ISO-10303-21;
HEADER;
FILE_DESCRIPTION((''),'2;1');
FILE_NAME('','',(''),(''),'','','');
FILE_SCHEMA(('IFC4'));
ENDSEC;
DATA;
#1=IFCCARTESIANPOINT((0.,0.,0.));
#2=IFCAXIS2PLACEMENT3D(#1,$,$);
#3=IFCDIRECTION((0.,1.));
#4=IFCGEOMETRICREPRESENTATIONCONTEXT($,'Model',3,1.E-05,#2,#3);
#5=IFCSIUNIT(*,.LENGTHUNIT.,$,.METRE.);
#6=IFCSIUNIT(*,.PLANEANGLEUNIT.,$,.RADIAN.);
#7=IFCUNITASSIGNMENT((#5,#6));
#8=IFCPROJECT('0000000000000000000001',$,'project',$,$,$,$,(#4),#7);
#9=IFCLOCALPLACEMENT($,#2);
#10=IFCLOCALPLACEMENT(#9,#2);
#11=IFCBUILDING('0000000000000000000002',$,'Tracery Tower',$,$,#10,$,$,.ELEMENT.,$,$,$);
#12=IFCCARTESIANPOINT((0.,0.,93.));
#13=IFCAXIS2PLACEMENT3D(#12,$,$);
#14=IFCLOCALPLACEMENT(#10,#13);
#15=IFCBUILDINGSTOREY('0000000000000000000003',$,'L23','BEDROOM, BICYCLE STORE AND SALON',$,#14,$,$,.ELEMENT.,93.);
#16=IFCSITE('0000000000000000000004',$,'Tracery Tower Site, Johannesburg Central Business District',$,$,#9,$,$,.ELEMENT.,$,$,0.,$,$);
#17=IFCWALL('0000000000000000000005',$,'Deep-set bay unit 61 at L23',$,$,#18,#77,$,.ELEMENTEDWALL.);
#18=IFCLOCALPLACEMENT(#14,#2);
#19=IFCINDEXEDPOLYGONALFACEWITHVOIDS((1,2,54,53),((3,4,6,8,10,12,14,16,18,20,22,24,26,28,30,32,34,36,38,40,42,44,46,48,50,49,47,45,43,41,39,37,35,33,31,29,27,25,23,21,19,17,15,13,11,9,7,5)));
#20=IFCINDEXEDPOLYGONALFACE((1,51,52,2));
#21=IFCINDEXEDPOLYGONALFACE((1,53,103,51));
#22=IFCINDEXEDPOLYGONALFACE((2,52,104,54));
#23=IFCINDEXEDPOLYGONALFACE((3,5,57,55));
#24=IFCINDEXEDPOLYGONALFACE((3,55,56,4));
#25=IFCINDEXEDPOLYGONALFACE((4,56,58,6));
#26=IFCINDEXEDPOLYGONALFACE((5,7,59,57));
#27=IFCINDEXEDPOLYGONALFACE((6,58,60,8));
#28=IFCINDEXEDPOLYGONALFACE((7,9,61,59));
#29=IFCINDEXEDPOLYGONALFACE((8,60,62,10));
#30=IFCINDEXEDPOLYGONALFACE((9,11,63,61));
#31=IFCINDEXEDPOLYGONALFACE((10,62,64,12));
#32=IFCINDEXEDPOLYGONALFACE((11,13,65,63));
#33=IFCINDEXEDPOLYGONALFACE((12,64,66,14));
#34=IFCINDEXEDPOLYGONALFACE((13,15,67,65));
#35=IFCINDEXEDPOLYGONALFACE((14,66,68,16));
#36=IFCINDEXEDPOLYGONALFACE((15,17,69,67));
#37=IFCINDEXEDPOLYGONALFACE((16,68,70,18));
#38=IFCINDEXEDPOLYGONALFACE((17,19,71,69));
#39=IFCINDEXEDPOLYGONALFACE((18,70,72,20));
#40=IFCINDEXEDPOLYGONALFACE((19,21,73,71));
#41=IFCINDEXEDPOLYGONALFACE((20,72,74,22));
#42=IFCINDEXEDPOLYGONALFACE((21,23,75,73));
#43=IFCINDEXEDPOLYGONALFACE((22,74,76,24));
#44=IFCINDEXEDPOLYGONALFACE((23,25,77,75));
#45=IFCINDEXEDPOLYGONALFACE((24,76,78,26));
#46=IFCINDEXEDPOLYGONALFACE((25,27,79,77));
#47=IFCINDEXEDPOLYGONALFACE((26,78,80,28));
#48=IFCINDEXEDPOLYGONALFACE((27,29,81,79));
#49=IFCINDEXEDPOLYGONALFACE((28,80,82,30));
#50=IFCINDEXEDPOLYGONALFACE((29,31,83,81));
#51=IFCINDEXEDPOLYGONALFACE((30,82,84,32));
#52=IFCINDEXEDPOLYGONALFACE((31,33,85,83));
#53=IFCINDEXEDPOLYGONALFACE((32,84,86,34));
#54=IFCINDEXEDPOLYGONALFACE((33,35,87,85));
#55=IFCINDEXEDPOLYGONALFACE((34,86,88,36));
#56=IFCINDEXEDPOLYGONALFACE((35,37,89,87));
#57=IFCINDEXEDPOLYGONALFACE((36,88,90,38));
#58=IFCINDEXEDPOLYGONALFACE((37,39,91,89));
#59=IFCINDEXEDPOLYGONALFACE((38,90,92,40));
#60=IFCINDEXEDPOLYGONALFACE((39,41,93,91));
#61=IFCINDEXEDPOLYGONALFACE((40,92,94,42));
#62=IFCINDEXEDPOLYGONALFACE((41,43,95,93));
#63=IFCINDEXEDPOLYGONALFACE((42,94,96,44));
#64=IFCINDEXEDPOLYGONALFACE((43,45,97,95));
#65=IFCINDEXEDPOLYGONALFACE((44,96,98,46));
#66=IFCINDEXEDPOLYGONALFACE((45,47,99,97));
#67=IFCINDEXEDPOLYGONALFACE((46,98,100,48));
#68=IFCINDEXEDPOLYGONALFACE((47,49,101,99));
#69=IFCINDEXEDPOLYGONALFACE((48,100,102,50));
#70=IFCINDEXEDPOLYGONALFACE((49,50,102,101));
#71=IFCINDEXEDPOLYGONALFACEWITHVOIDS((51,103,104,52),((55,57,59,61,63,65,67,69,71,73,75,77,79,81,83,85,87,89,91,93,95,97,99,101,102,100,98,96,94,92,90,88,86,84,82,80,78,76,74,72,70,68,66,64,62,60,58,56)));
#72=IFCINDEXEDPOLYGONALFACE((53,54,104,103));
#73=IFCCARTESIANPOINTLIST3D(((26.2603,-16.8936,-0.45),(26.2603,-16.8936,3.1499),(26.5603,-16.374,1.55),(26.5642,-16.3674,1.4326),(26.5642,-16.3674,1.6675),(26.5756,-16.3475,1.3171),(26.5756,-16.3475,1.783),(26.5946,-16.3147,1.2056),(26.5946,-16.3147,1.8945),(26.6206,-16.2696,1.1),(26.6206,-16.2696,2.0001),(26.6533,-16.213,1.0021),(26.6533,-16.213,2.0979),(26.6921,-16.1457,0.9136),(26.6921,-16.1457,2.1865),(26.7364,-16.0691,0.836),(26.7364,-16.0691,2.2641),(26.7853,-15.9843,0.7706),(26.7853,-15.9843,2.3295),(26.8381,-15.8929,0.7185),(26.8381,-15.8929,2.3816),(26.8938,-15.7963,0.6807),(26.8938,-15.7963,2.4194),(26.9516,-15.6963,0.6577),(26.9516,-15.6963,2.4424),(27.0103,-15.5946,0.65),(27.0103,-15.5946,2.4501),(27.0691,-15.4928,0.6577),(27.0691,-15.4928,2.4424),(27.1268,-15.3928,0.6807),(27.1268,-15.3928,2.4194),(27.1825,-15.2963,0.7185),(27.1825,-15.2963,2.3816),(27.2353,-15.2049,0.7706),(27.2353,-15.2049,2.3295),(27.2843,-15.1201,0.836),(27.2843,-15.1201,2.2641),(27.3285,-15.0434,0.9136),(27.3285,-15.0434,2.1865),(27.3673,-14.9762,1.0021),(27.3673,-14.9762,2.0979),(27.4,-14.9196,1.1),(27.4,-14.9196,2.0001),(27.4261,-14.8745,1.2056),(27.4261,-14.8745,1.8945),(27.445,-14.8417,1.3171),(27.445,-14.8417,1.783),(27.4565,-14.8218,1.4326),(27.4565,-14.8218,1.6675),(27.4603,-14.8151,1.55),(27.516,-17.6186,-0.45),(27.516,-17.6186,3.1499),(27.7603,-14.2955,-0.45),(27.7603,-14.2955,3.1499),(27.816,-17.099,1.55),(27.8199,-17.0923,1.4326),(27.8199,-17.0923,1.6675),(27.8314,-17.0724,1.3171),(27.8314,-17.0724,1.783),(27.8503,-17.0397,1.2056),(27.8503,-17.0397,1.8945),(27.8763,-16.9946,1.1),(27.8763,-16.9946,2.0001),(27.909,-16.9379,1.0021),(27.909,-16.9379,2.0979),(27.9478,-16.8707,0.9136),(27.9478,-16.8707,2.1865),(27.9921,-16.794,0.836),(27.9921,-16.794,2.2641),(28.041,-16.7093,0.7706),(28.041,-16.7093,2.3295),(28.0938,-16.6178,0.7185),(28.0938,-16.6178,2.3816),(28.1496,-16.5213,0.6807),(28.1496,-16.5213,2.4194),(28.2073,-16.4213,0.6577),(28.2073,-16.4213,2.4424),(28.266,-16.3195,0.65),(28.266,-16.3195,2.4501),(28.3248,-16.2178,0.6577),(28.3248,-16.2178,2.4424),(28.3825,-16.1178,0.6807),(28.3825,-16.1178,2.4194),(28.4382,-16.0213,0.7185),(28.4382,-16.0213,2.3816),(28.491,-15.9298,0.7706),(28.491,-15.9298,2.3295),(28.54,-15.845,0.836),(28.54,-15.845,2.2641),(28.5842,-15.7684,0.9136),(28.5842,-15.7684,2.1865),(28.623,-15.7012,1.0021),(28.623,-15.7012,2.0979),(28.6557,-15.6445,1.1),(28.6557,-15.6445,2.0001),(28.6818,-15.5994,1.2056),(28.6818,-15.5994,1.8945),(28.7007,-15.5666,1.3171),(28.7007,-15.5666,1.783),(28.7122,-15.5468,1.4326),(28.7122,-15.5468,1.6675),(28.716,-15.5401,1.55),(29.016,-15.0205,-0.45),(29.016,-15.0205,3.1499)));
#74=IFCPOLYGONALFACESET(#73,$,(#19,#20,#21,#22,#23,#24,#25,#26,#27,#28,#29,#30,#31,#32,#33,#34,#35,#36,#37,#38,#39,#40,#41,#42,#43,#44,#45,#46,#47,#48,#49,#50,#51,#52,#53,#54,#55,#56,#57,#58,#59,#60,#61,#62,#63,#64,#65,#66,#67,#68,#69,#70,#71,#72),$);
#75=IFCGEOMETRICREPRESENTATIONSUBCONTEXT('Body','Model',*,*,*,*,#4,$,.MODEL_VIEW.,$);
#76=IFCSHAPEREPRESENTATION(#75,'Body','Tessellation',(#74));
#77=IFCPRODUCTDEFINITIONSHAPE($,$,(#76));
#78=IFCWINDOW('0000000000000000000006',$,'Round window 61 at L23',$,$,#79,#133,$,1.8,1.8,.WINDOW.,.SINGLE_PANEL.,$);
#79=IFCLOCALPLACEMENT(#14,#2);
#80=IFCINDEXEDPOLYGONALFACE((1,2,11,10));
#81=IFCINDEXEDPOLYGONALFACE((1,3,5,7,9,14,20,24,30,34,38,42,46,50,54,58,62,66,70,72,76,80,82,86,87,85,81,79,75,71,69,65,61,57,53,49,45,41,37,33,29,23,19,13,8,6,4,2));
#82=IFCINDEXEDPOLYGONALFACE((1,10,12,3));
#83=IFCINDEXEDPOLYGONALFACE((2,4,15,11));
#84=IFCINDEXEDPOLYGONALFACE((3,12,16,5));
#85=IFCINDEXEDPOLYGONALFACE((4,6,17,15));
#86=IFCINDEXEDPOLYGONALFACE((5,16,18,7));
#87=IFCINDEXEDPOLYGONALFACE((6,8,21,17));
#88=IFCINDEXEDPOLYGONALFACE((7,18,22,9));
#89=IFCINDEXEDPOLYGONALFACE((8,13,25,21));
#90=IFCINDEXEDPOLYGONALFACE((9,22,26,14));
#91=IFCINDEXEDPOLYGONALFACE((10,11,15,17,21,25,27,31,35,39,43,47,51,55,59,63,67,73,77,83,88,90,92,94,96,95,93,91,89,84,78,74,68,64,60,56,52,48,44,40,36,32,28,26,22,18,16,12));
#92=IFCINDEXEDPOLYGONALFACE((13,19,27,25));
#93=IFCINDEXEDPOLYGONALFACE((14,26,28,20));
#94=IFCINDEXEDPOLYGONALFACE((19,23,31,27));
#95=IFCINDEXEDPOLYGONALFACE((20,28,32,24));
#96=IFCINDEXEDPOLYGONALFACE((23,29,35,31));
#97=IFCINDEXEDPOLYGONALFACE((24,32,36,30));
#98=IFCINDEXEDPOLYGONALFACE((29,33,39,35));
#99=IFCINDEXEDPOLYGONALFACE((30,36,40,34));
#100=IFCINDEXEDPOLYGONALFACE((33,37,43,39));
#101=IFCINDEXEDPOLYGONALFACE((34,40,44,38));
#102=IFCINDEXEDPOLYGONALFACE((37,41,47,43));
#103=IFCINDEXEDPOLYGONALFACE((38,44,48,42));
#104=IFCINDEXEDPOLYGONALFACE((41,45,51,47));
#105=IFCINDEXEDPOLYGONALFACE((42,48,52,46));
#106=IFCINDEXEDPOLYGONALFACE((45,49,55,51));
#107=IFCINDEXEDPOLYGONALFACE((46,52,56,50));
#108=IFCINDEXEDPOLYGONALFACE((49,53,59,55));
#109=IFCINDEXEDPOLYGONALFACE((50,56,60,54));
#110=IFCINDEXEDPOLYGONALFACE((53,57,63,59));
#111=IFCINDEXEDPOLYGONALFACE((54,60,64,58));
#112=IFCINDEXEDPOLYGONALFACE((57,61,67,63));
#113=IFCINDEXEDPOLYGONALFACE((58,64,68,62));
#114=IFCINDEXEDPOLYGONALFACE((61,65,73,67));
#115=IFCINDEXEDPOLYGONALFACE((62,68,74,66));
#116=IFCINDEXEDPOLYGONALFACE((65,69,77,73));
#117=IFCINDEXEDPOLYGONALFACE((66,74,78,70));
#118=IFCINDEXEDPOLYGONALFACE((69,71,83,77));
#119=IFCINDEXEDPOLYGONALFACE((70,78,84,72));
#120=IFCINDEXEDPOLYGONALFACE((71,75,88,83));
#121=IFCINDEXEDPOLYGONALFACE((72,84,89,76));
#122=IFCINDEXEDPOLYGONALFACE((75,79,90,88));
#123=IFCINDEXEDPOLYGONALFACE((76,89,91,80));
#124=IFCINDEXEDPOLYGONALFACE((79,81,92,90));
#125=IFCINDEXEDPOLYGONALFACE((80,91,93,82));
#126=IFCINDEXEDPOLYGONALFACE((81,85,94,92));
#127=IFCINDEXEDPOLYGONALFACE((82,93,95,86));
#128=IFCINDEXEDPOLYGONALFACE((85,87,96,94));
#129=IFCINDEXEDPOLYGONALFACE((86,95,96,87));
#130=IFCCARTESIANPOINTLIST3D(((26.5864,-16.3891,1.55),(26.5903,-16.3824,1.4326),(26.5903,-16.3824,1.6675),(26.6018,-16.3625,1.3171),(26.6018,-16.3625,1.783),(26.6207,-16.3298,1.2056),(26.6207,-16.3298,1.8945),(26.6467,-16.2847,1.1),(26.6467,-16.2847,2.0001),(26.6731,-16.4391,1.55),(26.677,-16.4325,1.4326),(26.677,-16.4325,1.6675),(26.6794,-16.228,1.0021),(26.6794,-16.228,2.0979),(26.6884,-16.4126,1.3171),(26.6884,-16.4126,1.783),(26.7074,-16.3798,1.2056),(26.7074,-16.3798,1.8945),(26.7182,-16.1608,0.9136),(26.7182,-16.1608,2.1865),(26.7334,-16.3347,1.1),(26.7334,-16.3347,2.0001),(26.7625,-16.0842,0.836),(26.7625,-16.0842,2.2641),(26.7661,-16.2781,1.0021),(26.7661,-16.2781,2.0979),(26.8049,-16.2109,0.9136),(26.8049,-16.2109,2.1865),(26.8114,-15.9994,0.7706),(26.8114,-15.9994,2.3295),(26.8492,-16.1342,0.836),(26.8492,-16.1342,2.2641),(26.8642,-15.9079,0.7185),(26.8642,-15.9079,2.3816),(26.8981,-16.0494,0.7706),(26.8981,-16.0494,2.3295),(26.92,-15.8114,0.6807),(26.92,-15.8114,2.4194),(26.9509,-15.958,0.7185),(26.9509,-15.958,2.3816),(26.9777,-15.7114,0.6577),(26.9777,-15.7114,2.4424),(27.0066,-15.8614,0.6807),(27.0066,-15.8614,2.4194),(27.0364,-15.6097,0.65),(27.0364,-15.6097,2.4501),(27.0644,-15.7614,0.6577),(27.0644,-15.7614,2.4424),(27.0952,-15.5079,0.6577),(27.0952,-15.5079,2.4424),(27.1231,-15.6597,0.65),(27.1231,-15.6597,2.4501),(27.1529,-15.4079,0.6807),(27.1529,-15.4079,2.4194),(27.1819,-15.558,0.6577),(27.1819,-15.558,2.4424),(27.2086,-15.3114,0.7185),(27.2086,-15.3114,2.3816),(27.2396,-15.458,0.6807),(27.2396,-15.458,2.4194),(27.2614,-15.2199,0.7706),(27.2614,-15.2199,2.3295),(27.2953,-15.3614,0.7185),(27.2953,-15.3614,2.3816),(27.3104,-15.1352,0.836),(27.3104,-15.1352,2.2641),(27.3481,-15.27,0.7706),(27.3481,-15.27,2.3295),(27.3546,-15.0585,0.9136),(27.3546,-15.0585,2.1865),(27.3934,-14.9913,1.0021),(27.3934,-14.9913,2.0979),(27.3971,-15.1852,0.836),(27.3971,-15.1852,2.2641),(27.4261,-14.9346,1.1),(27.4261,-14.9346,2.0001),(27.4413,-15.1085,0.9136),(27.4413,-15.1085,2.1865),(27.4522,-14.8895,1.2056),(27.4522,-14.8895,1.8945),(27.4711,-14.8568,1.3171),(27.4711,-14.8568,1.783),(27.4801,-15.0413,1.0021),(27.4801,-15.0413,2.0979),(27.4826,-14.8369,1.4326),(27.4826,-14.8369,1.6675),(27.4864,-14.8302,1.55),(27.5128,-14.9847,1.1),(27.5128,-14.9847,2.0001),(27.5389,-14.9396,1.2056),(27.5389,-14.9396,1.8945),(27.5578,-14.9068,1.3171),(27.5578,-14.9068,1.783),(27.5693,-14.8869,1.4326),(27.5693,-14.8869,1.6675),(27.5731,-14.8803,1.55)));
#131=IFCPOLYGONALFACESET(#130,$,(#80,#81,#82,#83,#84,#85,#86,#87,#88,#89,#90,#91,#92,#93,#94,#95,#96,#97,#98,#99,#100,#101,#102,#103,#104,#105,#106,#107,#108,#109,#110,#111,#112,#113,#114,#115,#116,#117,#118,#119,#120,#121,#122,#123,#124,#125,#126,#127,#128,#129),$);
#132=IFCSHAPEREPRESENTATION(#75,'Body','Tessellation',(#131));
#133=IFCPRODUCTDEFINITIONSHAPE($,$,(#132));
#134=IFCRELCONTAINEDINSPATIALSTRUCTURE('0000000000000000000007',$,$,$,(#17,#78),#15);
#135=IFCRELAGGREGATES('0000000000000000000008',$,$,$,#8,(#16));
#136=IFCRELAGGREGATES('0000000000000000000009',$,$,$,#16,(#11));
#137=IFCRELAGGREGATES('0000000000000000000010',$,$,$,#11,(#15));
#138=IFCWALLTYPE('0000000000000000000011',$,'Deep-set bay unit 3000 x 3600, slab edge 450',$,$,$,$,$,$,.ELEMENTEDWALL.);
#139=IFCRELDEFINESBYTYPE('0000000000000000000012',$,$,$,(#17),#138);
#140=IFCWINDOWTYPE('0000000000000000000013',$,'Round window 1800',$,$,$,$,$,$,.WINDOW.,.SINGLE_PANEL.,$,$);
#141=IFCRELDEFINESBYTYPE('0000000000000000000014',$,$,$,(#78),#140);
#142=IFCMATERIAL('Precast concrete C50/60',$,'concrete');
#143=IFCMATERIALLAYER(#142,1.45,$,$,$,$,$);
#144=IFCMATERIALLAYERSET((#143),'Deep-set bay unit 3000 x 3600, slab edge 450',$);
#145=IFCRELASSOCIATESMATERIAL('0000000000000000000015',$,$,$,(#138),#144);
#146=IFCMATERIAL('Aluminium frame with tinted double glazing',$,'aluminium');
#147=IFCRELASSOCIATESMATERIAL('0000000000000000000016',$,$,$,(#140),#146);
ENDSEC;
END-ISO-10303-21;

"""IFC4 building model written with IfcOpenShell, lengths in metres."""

from ifc_helpers import new_model, si_unit, direction, frame, frame_2d, origin, origin_2d, place, context, subcontext, project, spatial, rectangle, circle, extrude, material, layer, layer_set, type_object, element, fill, save


model = new_model("IFC4")

# Units and contexts
model_context = context("Model", 3, precision=1e-05, world=origin(), true_north=direction((0.0, 1.0)))
body_context = subcontext(model_context, "Body", "Model", "MODEL_VIEW")
ifc_project = project(units=[si_unit("LENGTHUNIT", "METRE"), si_unit("PLANEANGLEUNIT", "RADIAN")], contexts=[model_context])

# Site, building, storey
site_placement = place(None, origin())
site = spatial("IfcSite", under=ifc_project, at=site_placement, Name="Tracery Tower Site, Johannesburg Central Business District", CompositionType="ELEMENT", RefElevation=0.0)
building_placement = place(site_placement, origin())
building = spatial("IfcBuilding", under=site, at=building_placement, Name="Tracery Tower", CompositionType="ELEMENT")
storey_placement = place(building_placement, frame((0.0, 0.0, 93.0)))
storey = spatial("IfcBuildingStorey", under=building, at=storey_placement, Name="L23", Description="BEDROOM, BICYCLE STORE AND SALON", CompositionType="ELEMENT", Elevation=93.0)

# Wall, opening, window
ifc_material_1 = material(Name="Precast concrete C50/60", Category="concrete")
ifc_layer_1 = layer(ifc_material_1, 1.45)
ifc_layer_set_1 = layer_set([ifc_layer_1], Name="Deep-set bay unit 3000 x 3600, slab edge 450")
wall_type_1 = type_object("IfcWallType", Name="Deep-set bay unit 3000 x 3600, slab edge 450", PredefinedType="ELEMENTEDWALL", material=ifc_layer_set_1)
ifc_material_2 = material(Name="Aluminium frame with tinted double glazing", Category="aluminium")
window_type = type_object("IfcWindowType", Name="Round window 1800", PartitioningType="SINGLE_PANEL", PredefinedType="WINDOW", material=ifc_material_2)
wall_1_placement = place(storey_placement, frame((26.8882, -17.2561, -0.45), z_axis=(0.0, 0.0, 1.0), x_axis=(0.49999, 0.866031, 0.0)))
wall_1 = element("IfcWall", 1, at=wall_1_placement, inside=storey, type_object=wall_type_1, Name="Deep-set bay unit 61 at L23", PredefinedType="ELEMENTEDWALL", context=body_context, shape_type="SweptSolid", body=[
    extrude(rectangle(XDim=3.0, YDim=1.45, at=frame_2d((1.5, 0.0))), origin(), (0.0, 0.0, 1.0), 3.5999),
])
opening_1_placement = place(wall_1_placement, frame((1.5, 0.0, 2.0)))
opening_1 = element("IfcOpeningElement", 2, at=opening_1_placement, cuts=wall_1, PredefinedType="OPENING", context=body_context, shape_type="SweptSolid", body=[
    extrude(circle(Radius=0.9, at=origin_2d()), frame((0.0, 0.7349, 0.0), z_axis=(0.0, -1.0, 0.0), x_axis=(1.0, 0.0, 0.0)), (0.0, 0.0, 1.0), 1.47),
])
window_1_placement = place(opening_1_placement, origin())
window_1 = element("IfcWindow", 3, at=window_1_placement, inside=storey, type_object=window_type, Name="Round window 61 at L23", OverallHeight=1.8, OverallWidth=1.8, PartitioningType="SINGLE_PANEL", PredefinedType="WINDOW", context=body_context, shape_type="SweptSolid", body=[
    extrude(circle(Radius=0.9, at=origin_2d()), frame((0.0, 0.6948, 0.0), z_axis=(0.0, -1.0, 0.0), x_axis=(1.0, 0.0, 0.0)), (0.0, 0.0, 1.0), 0.1001),
])
fill(opening_1, window_1)

save(model, "model.ifc")
